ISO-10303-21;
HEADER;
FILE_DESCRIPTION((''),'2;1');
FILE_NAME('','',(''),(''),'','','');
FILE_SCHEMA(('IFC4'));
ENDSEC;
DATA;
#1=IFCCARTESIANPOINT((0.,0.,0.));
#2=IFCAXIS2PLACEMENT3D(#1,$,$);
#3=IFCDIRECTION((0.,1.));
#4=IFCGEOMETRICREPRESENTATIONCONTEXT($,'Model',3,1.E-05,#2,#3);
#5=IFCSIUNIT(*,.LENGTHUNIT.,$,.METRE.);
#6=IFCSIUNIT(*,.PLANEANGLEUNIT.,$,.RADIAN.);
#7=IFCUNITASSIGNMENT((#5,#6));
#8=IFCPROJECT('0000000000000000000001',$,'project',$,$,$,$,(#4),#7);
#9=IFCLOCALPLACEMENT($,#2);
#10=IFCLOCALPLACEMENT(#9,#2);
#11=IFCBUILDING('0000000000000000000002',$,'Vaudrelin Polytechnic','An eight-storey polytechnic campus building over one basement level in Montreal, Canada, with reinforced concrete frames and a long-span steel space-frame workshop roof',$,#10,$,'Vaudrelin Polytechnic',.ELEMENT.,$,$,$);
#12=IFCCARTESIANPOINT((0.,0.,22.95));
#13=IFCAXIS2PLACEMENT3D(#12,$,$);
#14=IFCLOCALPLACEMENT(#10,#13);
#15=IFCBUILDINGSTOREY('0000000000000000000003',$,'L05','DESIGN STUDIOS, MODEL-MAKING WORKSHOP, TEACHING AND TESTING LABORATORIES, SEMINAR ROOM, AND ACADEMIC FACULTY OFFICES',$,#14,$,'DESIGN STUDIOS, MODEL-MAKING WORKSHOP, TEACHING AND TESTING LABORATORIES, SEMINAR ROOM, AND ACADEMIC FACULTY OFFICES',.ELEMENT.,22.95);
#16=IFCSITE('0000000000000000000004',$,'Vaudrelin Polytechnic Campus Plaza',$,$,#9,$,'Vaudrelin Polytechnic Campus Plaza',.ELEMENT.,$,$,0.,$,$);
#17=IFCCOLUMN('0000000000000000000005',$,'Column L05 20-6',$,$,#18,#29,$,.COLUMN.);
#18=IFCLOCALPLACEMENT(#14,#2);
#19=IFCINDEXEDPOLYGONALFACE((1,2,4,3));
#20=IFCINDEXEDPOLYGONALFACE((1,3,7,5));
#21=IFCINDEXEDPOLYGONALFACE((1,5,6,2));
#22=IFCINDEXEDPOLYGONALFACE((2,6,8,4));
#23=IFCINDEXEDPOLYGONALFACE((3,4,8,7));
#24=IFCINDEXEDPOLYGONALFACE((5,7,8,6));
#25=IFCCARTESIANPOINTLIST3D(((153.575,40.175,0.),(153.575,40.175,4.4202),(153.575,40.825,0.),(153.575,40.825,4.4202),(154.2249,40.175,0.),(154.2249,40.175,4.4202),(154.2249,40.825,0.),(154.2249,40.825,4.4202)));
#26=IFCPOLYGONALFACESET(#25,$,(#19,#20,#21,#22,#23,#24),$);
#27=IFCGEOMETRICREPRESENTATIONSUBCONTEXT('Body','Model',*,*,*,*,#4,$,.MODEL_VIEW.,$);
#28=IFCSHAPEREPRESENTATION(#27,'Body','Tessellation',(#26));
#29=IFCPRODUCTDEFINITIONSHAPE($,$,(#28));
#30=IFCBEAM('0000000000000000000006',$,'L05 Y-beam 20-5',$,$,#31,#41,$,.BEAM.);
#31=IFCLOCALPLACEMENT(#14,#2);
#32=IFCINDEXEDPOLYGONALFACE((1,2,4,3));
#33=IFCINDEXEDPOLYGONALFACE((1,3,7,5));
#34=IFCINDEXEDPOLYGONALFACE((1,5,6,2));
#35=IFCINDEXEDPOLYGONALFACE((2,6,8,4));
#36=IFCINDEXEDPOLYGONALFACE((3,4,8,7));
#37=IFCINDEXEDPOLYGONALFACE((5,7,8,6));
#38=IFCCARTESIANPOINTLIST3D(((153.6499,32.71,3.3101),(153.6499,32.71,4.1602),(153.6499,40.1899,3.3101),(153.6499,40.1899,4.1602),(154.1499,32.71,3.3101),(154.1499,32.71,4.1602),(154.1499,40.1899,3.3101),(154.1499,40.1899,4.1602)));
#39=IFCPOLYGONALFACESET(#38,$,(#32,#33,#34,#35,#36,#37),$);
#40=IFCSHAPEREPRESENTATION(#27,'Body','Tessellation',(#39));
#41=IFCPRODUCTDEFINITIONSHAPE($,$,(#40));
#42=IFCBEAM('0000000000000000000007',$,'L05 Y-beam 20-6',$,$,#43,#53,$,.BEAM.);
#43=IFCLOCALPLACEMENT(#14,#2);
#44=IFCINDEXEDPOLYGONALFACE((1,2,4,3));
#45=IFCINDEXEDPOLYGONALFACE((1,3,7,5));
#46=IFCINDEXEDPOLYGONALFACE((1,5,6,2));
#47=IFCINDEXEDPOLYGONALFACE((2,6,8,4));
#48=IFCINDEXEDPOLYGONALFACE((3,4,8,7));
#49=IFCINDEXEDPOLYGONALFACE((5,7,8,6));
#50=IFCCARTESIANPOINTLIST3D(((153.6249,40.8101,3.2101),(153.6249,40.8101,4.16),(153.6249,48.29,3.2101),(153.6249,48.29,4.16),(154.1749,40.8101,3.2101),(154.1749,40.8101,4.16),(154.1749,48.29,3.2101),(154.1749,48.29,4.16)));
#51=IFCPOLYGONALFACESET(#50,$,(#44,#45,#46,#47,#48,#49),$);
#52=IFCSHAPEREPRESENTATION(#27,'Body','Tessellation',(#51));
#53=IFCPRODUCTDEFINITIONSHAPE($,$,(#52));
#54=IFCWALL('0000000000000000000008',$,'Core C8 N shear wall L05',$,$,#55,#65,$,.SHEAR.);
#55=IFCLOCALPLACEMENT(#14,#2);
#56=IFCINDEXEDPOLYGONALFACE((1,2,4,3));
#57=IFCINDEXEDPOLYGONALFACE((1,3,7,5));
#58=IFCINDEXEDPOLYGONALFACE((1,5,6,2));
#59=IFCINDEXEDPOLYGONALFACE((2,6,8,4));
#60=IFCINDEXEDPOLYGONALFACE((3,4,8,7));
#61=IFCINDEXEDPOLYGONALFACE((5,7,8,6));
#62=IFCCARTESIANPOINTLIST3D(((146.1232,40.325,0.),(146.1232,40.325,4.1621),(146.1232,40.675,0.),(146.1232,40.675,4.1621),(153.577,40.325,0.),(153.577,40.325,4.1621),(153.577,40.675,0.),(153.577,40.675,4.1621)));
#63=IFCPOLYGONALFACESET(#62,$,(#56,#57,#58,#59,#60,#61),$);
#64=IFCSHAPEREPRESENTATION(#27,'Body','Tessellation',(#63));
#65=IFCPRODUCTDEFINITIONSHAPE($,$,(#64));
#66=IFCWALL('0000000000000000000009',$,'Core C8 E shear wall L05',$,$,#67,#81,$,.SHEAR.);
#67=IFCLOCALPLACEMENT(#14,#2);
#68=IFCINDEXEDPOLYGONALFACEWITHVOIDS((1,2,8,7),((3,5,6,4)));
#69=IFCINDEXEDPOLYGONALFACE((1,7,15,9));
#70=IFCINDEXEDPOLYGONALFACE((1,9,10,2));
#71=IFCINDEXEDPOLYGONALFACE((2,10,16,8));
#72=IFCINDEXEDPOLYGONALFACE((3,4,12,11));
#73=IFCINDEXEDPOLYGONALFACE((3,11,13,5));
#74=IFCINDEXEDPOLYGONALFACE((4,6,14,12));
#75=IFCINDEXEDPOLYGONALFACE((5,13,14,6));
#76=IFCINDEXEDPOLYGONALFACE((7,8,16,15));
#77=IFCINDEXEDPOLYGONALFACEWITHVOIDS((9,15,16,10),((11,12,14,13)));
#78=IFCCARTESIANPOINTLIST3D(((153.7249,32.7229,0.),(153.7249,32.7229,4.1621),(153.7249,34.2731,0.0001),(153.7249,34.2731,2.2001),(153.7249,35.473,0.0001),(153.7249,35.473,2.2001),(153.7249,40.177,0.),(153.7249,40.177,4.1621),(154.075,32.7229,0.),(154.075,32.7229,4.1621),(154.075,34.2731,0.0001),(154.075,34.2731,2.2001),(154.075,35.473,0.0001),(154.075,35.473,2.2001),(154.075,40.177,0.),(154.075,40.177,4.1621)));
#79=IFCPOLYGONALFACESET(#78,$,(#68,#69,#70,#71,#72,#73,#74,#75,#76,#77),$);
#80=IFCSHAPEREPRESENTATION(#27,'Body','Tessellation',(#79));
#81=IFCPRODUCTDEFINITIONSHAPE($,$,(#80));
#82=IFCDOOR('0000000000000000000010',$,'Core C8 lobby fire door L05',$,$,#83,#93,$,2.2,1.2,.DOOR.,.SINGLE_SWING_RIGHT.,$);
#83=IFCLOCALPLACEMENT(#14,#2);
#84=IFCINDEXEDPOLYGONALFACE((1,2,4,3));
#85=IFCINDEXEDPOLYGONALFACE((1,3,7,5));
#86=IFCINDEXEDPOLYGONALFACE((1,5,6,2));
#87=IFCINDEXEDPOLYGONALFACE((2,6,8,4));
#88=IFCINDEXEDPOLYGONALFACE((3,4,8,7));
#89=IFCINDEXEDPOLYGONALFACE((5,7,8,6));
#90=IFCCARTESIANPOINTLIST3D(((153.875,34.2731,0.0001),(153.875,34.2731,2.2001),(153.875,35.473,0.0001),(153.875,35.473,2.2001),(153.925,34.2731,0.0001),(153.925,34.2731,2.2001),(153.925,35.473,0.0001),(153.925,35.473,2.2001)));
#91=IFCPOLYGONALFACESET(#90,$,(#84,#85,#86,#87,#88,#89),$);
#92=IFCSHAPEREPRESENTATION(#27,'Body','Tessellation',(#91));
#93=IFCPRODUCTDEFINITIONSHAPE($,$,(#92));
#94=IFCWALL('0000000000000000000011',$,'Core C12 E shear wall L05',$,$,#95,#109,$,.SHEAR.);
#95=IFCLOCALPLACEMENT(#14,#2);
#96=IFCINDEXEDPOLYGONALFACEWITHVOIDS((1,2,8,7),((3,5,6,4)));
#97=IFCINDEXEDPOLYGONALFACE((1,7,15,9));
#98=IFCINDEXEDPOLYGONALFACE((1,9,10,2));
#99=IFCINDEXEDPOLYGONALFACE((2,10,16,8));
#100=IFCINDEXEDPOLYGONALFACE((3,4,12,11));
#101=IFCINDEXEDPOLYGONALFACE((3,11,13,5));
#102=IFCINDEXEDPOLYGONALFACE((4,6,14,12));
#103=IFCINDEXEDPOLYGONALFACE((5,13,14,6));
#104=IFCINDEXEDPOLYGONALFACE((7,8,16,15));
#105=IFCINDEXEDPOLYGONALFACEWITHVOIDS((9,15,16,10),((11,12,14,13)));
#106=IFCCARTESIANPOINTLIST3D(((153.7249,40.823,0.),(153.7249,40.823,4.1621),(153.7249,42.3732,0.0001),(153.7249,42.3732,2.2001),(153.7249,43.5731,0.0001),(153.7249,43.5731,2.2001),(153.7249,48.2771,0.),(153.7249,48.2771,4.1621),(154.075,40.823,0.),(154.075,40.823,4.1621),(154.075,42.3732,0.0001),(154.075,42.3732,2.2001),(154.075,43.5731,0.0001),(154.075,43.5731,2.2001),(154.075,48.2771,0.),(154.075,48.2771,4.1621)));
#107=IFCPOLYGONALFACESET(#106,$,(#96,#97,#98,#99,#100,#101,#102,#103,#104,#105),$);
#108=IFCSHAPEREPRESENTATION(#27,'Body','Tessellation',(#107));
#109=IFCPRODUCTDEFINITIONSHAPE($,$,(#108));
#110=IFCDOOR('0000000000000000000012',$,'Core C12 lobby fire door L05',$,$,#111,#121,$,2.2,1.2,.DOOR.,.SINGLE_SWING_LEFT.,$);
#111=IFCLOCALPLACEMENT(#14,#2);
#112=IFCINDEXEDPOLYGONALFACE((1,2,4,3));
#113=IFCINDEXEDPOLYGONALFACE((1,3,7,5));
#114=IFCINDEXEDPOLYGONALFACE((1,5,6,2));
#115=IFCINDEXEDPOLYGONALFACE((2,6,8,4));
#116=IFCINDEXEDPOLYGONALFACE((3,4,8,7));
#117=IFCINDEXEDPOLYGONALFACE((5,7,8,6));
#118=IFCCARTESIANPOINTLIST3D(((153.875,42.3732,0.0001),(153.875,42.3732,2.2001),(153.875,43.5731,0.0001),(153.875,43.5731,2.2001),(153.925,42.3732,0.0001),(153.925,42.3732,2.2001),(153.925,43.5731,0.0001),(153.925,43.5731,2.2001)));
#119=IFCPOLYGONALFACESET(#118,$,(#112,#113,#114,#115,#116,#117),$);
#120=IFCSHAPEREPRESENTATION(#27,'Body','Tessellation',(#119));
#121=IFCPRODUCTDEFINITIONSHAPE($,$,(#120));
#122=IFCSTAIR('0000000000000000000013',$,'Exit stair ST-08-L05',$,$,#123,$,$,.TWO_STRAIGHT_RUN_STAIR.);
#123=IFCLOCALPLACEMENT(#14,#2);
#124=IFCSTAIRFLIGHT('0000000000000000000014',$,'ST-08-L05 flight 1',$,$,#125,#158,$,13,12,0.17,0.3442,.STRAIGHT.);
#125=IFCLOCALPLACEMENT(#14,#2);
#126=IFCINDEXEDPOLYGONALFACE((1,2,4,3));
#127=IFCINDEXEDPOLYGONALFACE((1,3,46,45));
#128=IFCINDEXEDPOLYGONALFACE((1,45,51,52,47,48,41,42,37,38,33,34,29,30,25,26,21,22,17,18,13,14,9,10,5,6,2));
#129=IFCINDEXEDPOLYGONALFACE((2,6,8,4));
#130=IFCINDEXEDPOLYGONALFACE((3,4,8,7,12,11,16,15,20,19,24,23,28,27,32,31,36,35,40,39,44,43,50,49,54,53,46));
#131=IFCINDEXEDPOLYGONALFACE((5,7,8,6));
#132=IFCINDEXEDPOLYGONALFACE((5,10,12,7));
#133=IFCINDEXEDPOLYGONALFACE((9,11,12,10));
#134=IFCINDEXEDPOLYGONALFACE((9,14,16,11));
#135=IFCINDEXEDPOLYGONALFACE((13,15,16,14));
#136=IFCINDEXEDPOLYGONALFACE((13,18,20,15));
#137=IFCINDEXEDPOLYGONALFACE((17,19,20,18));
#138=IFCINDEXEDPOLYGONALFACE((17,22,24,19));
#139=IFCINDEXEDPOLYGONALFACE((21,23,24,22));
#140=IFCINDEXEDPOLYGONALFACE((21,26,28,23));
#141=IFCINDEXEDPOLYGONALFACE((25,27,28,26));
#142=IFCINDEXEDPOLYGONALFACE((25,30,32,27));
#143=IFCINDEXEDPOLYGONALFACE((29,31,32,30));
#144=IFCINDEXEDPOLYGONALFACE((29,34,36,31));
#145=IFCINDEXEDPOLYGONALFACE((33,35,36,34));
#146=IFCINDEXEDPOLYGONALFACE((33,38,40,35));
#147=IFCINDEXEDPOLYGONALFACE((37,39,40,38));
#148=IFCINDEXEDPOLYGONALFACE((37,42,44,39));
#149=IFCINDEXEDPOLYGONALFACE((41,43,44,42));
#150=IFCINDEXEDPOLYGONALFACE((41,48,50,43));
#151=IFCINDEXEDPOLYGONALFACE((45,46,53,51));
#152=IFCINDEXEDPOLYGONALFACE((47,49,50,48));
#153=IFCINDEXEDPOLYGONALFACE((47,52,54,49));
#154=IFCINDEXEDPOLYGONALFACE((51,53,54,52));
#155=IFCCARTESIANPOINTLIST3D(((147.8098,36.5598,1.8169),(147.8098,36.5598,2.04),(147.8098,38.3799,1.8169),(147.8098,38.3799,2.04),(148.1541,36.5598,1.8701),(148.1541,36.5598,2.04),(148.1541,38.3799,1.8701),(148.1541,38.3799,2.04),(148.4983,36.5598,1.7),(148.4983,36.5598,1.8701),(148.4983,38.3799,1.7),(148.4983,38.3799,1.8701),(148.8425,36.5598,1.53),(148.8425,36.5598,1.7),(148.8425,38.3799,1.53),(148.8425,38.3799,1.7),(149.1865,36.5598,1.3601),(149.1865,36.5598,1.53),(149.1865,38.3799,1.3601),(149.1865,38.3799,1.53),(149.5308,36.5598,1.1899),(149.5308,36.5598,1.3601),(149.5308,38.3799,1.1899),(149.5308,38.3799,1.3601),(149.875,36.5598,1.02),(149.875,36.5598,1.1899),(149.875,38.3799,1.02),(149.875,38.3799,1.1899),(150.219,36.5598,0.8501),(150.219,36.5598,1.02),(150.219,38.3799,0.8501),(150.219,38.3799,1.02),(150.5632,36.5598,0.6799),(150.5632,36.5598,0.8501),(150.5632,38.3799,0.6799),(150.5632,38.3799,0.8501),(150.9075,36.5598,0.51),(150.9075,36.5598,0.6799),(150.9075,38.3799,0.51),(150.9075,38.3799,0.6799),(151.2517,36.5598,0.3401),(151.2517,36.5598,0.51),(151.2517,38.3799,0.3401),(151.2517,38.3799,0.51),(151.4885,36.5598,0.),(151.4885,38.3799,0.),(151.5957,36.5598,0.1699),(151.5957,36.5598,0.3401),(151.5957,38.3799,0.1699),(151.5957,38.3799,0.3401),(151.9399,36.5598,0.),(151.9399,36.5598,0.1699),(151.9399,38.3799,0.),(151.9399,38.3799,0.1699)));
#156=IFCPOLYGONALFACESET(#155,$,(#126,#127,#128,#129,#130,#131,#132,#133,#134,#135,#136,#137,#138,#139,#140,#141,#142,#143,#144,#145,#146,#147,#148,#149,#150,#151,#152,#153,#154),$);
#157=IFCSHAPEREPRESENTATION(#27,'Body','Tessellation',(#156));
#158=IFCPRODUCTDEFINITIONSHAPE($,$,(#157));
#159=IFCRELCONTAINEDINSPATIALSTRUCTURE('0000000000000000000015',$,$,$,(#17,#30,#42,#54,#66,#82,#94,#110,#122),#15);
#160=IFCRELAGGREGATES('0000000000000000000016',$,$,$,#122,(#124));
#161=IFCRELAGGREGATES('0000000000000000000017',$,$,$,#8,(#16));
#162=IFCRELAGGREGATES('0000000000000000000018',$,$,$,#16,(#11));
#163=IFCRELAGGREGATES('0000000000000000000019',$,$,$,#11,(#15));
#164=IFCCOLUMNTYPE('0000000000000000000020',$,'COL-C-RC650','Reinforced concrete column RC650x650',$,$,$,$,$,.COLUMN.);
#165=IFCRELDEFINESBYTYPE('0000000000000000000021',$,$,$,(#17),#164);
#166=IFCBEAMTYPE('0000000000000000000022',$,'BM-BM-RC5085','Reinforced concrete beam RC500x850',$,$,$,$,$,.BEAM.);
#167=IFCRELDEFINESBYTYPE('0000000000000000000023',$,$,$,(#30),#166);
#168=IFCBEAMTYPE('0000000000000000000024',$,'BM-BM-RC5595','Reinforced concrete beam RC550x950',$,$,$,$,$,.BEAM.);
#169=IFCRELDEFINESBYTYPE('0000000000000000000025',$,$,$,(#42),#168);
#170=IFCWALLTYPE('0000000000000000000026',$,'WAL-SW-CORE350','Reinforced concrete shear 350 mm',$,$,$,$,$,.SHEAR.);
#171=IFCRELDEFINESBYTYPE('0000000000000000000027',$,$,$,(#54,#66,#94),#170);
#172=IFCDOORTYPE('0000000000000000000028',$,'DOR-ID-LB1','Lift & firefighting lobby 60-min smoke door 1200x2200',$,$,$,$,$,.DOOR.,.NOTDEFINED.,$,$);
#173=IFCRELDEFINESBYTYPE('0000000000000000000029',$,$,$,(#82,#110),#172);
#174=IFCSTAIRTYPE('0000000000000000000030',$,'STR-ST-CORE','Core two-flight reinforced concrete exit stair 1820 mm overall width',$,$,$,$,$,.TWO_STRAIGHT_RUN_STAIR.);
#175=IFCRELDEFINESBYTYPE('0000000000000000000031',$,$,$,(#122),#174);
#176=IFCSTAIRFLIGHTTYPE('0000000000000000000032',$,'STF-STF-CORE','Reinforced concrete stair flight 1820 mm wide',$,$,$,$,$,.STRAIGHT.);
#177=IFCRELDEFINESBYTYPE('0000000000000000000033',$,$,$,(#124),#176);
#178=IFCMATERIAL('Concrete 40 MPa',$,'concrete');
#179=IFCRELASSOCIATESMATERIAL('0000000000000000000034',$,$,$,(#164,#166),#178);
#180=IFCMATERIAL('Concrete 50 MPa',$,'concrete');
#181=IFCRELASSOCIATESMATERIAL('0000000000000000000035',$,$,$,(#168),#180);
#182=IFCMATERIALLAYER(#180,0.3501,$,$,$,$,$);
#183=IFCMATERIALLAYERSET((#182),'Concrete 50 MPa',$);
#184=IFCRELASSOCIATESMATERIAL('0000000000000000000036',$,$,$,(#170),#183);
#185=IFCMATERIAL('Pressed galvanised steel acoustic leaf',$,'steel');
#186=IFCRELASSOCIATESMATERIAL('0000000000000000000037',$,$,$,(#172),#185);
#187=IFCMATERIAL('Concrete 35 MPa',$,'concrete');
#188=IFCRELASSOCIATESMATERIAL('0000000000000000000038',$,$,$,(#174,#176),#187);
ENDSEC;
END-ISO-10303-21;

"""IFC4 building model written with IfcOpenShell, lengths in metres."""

from ifc_helpers import new_model, si_unit, direction, frame, frame_2d, origin, origin_2d, place, context, subcontext, project, spatial, polyline, rectangle, outline, extrude, material, layer, layer_set, material_profile, profile_set, type_object, element, fill, aggregate, save


model = new_model("IFC4")

# Units and contexts
model_context = context("Model", 3, precision=1e-05, world=origin(), true_north=direction((0.0, 1.0)))
body_context = subcontext(model_context, "Body", "Model", "MODEL_VIEW")
ifc_project = project(units=[si_unit("LENGTHUNIT", "METRE"), si_unit("PLANEANGLEUNIT", "RADIAN")], contexts=[model_context])

# Site, building, storey
site_placement = place(None, origin())
site = spatial("IfcSite", under=ifc_project, at=site_placement, Name="Vaudrelin Polytechnic Campus Plaza", LongName="Vaudrelin Polytechnic Campus Plaza", CompositionType="ELEMENT", RefElevation=0.0)
building_placement = place(site_placement, origin())
building = spatial("IfcBuilding", under=site, at=building_placement, Name="Vaudrelin Polytechnic", Description="An eight-storey polytechnic campus building over one basement level in Montreal, Canada, with reinforced concrete frames and a long-span steel space-frame workshop roof", LongName="Vaudrelin Polytechnic", CompositionType="ELEMENT")
storey_placement = place(building_placement, frame((0.0, 0.0, 22.95)))
storey = spatial("IfcBuildingStorey", under=building, at=storey_placement, Name="L05", Description="DESIGN STUDIOS, MODEL-MAKING WORKSHOP, TEACHING AND TESTING LABORATORIES, SEMINAR ROOM, AND ACADEMIC FACULTY OFFICES", LongName="DESIGN STUDIOS, MODEL-MAKING WORKSHOP, TEACHING AND TESTING LABORATORIES, SEMINAR ROOM, AND ACADEMIC FACULTY OFFICES", CompositionType="ELEMENT", Elevation=22.95)

# Column
ifc_material_1 = material(Name="Concrete 40 MPa", Category="concrete")
ifc_material_profile_1 = material_profile(ifc_material_1, rectangle(XDim=0.6499, YDim=0.6499, at=origin_2d()), Name="RC650x650")
ifc_profile_set_1 = profile_set([ifc_material_profile_1], Name="Concrete 40 MPa")
column_type = type_object("IfcColumnType", Name="COL-C-RC650", Description="Reinforced concrete column RC650x650", PredefinedType="COLUMN", material=ifc_profile_set_1)
column_placement = place(storey_placement, frame((153.8999, 40.5, 0.0), z_axis=(0.0, 0.0, 1.0), x_axis=(1.0, 0.0, 0.0)))
element("IfcColumn", 1, at=column_placement, inside=storey, type_object=column_type, Name="Column L05 20-6", PredefinedType="COLUMN", context=body_context, shape_type="SweptSolid", body=[
    extrude(rectangle(XDim=0.6499, YDim=0.6499, at=origin_2d()), origin(), (0.0, 0.0, 1.0), 4.4202),
])

# Beams
ifc_material_profile_2 = material_profile(ifc_material_1, rectangle(XDim=0.5, YDim=0.8501, at=origin_2d()), Name="RC500x850")
ifc_profile_set_2 = profile_set([ifc_material_profile_2], Name="Concrete 40 MPa")
beam_type_1 = type_object("IfcBeamType", Name="BM-BM-RC5085", Description="Reinforced concrete beam RC500x850", PredefinedType="BEAM", material=ifc_profile_set_2)
beam_1_placement = place(storey_placement, frame((153.8999, 32.71, 3.7351), z_axis=(0.0, 1.0, 0.0), x_axis=(-1.0, 0.0, 0.0)))
element("IfcBeam", 2, at=beam_1_placement, inside=storey, type_object=beam_type_1, Name="L05 Y-beam 20-5", PredefinedType="BEAM", context=body_context, shape_type="SweptSolid", body=[
    extrude(rectangle(XDim=0.5, YDim=0.8501, at=origin_2d()), origin(), (0.0, 0.0, 1.0), 7.48),
])
ifc_material_2 = material(Name="Concrete 50 MPa", Category="concrete")
ifc_material_profile_3 = material_profile(ifc_material_2, rectangle(XDim=0.55, YDim=0.95, at=origin_2d()), Name="RC550x950")
ifc_profile_set_3 = profile_set([ifc_material_profile_3], Name="Concrete 50 MPa")
beam_type_2 = type_object("IfcBeamType", Name="BM-BM-RC5595", Description="Reinforced concrete beam RC550x950", PredefinedType="BEAM", material=ifc_profile_set_3)
beam_2_placement = place(storey_placement, frame((153.8999, 40.8101, 3.6851), z_axis=(0.0, 1.0, 0.0), x_axis=(-1.0, 0.0, 0.0)))
element("IfcBeam", 3, at=beam_2_placement, inside=storey, type_object=beam_type_2, Name="L05 Y-beam 20-6", PredefinedType="BEAM", context=body_context, shape_type="SweptSolid", body=[
    extrude(rectangle(XDim=0.55, YDim=0.95, at=origin_2d()), origin(), (0.0, 0.0, 1.0), 7.48),
])

# Shared definitions
ifc_material_3 = material(Name="Pressed galvanised steel acoustic leaf", Category="steel")

# Wall
ifc_layer_1 = layer(ifc_material_2, 0.3501)
ifc_layer_set_1 = layer_set([ifc_layer_1], Name="Concrete 50 MPa")
wall_type_1 = type_object("IfcWallType", Name="WAL-SW-CORE350", Description="Reinforced concrete shear 350 mm", PredefinedType="SHEAR", material=ifc_layer_set_1)
wall_1_placement = place(storey_placement, frame((146.123, 40.5, 0.0), z_axis=(0.0, 0.0, 1.0), x_axis=(1.0, 0.0, 0.0)))
element("IfcWall", 4, at=wall_1_placement, inside=storey, type_object=wall_type_1, Name="Core C8 N shear wall L05", PredefinedType="SHEAR", context=body_context, shape_type="SweptSolid", body=[
    extrude(rectangle(XDim=7.4539, YDim=0.3501, at=frame_2d((3.7271, 0.0))), origin(), (0.0, 0.0, 1.0), 4.1621),
])

# Walls, openings, doors
wall_2_placement = place(storey_placement, frame((153.8999, 32.7229, 0.0), z_axis=(0.0, 0.0, 1.0), x_axis=(0.0, 1.0, 0.0)))
wall_2 = element("IfcWall", 5, at=wall_2_placement, inside=storey, type_object=wall_type_1, Name="Core C8 E shear wall L05", PredefinedType="SHEAR", context=body_context, shape_type="SweptSolid", body=[
    extrude(rectangle(XDim=7.4541, YDim=0.3501, at=frame_2d((3.7271, 0.0))), origin(), (0.0, 0.0, 1.0), 4.1621),
])
opening_1_placement = place(wall_2_placement, frame((1.55, 0.0, 0.0)))
opening_1 = element("IfcOpeningElement", 6, at=opening_1_placement, cuts=wall_2, PredefinedType="OPENING", context=body_context, shape_type="SweptSolid", body=[
    extrude(rectangle(XDim=1.2, YDim=2.2, at=frame_2d((0.6001, 1.1001))), frame((0.0, 0.1851, 0.0), z_axis=(0.0, -1.0, 0.0), x_axis=(1.0, 0.0, 0.0)), (0.0, 0.0, 1.0), 0.3701),
])
door_type_1 = type_object("IfcDoorType", Name="DOR-ID-LB1", Description="Lift & firefighting lobby 60-min smoke door 1200x2200", OperationType="NOTDEFINED", PredefinedType="DOOR", material=ifc_material_3)
door_1_placement = place(opening_1_placement, origin())
door_1 = element("IfcDoor", 7, at=door_1_placement, inside=storey, type_object=door_type_1, Name="Core C8 lobby fire door L05", OperationType="SINGLE_SWING_RIGHT", OverallHeight=2.2, OverallWidth=1.2, PredefinedType="DOOR", context=body_context, shape_type="SweptSolid", body=[
    extrude(rectangle(XDim=1.2, YDim=2.2, at=frame_2d((0.6001, 1.1001))), frame((0.0, 0.0249, 0.0), z_axis=(0.0, -1.0, 0.0), x_axis=(1.0, 0.0, 0.0)), (0.0, 0.0, 1.0), 0.05),
])
fill(opening_1, door_1)
wall_3_placement = place(storey_placement, frame((153.8999, 40.823, 0.0), z_axis=(0.0, 0.0, 1.0), x_axis=(0.0, 1.0, 0.0)))
wall_3 = element("IfcWall", 8, at=wall_3_placement, inside=storey, type_object=wall_type_1, Name="Core C12 E shear wall L05", PredefinedType="SHEAR", context=body_context, shape_type="SweptSolid", body=[
    extrude(rectangle(XDim=7.4541, YDim=0.3501, at=frame_2d((3.7271, 0.0))), origin(), (0.0, 0.0, 1.0), 4.1621),
])
opening_2_placement = place(wall_3_placement, frame((1.55, 0.0, 0.0)))
opening_2 = element("IfcOpeningElement", 9, at=opening_2_placement, cuts=wall_3, PredefinedType="OPENING", context=body_context, shape_type="SweptSolid", body=[
    extrude(rectangle(XDim=1.2, YDim=2.2, at=frame_2d((0.6001, 1.1001))), frame((0.0, 0.1851, 0.0), z_axis=(0.0, -1.0, 0.0), x_axis=(1.0, 0.0, 0.0)), (0.0, 0.0, 1.0), 0.3701),
])
door_2_placement = place(opening_2_placement, origin())
door_2 = element("IfcDoor", 10, at=door_2_placement, inside=storey, type_object=door_type_1, Name="Core C12 lobby fire door L05", OperationType="SINGLE_SWING_LEFT", OverallHeight=2.2, OverallWidth=1.2, PredefinedType="DOOR", context=body_context, shape_type="SweptSolid", body=[
    extrude(rectangle(XDim=1.2, YDim=2.2, at=frame_2d((0.6001, 1.1001))), frame((0.0, 0.0249, 0.0), z_axis=(0.0, -1.0, 0.0), x_axis=(1.0, 0.0, 0.0)), (0.0, 0.0, 1.0), 0.05),
])
fill(opening_2, door_2)

# Stair, stair flight
ifc_material_4 = material(Name="Concrete 35 MPa", Category="concrete")
stair_type = type_object("IfcStairType", Name="STR-ST-CORE", Description="Core two-flight reinforced concrete exit stair 1820 mm overall width", PredefinedType="TWO_STRAIGHT_RUN_STAIR", material=ifc_material_4)
stair_placement = place(storey_placement, origin())
stair = element("IfcStair", 11, at=stair_placement, inside=storey, type_object=stair_type, Name="Exit stair ST-08-L05", PredefinedType="TWO_STRAIGHT_RUN_STAIR")
stair_flight_type = type_object("IfcStairFlightType", Name="STF-STF-CORE", Description="Reinforced concrete stair flight 1820 mm wide", PredefinedType="STRAIGHT", material=ifc_material_4)
stair_flight_1_placement = place(storey_placement, frame((151.9399, 37.47, 0.0), z_axis=(0.0, 0.0, 1.0), x_axis=(-1.0, 0.0, 0.0)))
stair_flight_1 = element("IfcStairFlight", 12, at=stair_flight_1_placement, type_object=stair_flight_type, Name="ST-08-L05 flight 1", NumberOfRisers=13, NumberOfTreads=12, PredefinedType="STRAIGHT", RiserHeight=0.17, TreadLength=0.3442, context=body_context, shape_type="SweptSolid", body=[
    extrude(outline(polyline([(0.0, 0.0), (0.0, 0.1699), (0.3442, 0.1699), (0.3442, 0.3401), (0.6882, 0.3401), (0.6882, 0.51), (1.0325, 0.51), (1.0325, 0.6799), (1.3767, 0.6799), (1.3767, 0.8501), (1.7209, 0.8501), (1.7209, 1.02), (2.0649, 1.02), (2.0649, 1.1899), (2.4092, 1.1899), (2.4092, 1.3601), (2.7534, 1.3601), (2.7534, 1.53), (3.0974, 1.53), (3.0974, 1.7), (3.4417, 1.7), (3.4417, 1.8701), (3.7859, 1.8701), (3.7859, 2.04), (4.1301, 2.04), (4.1301, 2.21), (4.1301, 1.8169), (0.4514, 0.0), (0.0, 0.0)])), frame((0.0, 0.9102, 0.0), z_axis=(0.0, -1.0, 0.0), x_axis=(1.0, 0.0, 0.0)), (0.0, 0.0, 1.0), 1.8201),
])
aggregate(stair, [stair_flight_1])

save(model, "model.ifc")
